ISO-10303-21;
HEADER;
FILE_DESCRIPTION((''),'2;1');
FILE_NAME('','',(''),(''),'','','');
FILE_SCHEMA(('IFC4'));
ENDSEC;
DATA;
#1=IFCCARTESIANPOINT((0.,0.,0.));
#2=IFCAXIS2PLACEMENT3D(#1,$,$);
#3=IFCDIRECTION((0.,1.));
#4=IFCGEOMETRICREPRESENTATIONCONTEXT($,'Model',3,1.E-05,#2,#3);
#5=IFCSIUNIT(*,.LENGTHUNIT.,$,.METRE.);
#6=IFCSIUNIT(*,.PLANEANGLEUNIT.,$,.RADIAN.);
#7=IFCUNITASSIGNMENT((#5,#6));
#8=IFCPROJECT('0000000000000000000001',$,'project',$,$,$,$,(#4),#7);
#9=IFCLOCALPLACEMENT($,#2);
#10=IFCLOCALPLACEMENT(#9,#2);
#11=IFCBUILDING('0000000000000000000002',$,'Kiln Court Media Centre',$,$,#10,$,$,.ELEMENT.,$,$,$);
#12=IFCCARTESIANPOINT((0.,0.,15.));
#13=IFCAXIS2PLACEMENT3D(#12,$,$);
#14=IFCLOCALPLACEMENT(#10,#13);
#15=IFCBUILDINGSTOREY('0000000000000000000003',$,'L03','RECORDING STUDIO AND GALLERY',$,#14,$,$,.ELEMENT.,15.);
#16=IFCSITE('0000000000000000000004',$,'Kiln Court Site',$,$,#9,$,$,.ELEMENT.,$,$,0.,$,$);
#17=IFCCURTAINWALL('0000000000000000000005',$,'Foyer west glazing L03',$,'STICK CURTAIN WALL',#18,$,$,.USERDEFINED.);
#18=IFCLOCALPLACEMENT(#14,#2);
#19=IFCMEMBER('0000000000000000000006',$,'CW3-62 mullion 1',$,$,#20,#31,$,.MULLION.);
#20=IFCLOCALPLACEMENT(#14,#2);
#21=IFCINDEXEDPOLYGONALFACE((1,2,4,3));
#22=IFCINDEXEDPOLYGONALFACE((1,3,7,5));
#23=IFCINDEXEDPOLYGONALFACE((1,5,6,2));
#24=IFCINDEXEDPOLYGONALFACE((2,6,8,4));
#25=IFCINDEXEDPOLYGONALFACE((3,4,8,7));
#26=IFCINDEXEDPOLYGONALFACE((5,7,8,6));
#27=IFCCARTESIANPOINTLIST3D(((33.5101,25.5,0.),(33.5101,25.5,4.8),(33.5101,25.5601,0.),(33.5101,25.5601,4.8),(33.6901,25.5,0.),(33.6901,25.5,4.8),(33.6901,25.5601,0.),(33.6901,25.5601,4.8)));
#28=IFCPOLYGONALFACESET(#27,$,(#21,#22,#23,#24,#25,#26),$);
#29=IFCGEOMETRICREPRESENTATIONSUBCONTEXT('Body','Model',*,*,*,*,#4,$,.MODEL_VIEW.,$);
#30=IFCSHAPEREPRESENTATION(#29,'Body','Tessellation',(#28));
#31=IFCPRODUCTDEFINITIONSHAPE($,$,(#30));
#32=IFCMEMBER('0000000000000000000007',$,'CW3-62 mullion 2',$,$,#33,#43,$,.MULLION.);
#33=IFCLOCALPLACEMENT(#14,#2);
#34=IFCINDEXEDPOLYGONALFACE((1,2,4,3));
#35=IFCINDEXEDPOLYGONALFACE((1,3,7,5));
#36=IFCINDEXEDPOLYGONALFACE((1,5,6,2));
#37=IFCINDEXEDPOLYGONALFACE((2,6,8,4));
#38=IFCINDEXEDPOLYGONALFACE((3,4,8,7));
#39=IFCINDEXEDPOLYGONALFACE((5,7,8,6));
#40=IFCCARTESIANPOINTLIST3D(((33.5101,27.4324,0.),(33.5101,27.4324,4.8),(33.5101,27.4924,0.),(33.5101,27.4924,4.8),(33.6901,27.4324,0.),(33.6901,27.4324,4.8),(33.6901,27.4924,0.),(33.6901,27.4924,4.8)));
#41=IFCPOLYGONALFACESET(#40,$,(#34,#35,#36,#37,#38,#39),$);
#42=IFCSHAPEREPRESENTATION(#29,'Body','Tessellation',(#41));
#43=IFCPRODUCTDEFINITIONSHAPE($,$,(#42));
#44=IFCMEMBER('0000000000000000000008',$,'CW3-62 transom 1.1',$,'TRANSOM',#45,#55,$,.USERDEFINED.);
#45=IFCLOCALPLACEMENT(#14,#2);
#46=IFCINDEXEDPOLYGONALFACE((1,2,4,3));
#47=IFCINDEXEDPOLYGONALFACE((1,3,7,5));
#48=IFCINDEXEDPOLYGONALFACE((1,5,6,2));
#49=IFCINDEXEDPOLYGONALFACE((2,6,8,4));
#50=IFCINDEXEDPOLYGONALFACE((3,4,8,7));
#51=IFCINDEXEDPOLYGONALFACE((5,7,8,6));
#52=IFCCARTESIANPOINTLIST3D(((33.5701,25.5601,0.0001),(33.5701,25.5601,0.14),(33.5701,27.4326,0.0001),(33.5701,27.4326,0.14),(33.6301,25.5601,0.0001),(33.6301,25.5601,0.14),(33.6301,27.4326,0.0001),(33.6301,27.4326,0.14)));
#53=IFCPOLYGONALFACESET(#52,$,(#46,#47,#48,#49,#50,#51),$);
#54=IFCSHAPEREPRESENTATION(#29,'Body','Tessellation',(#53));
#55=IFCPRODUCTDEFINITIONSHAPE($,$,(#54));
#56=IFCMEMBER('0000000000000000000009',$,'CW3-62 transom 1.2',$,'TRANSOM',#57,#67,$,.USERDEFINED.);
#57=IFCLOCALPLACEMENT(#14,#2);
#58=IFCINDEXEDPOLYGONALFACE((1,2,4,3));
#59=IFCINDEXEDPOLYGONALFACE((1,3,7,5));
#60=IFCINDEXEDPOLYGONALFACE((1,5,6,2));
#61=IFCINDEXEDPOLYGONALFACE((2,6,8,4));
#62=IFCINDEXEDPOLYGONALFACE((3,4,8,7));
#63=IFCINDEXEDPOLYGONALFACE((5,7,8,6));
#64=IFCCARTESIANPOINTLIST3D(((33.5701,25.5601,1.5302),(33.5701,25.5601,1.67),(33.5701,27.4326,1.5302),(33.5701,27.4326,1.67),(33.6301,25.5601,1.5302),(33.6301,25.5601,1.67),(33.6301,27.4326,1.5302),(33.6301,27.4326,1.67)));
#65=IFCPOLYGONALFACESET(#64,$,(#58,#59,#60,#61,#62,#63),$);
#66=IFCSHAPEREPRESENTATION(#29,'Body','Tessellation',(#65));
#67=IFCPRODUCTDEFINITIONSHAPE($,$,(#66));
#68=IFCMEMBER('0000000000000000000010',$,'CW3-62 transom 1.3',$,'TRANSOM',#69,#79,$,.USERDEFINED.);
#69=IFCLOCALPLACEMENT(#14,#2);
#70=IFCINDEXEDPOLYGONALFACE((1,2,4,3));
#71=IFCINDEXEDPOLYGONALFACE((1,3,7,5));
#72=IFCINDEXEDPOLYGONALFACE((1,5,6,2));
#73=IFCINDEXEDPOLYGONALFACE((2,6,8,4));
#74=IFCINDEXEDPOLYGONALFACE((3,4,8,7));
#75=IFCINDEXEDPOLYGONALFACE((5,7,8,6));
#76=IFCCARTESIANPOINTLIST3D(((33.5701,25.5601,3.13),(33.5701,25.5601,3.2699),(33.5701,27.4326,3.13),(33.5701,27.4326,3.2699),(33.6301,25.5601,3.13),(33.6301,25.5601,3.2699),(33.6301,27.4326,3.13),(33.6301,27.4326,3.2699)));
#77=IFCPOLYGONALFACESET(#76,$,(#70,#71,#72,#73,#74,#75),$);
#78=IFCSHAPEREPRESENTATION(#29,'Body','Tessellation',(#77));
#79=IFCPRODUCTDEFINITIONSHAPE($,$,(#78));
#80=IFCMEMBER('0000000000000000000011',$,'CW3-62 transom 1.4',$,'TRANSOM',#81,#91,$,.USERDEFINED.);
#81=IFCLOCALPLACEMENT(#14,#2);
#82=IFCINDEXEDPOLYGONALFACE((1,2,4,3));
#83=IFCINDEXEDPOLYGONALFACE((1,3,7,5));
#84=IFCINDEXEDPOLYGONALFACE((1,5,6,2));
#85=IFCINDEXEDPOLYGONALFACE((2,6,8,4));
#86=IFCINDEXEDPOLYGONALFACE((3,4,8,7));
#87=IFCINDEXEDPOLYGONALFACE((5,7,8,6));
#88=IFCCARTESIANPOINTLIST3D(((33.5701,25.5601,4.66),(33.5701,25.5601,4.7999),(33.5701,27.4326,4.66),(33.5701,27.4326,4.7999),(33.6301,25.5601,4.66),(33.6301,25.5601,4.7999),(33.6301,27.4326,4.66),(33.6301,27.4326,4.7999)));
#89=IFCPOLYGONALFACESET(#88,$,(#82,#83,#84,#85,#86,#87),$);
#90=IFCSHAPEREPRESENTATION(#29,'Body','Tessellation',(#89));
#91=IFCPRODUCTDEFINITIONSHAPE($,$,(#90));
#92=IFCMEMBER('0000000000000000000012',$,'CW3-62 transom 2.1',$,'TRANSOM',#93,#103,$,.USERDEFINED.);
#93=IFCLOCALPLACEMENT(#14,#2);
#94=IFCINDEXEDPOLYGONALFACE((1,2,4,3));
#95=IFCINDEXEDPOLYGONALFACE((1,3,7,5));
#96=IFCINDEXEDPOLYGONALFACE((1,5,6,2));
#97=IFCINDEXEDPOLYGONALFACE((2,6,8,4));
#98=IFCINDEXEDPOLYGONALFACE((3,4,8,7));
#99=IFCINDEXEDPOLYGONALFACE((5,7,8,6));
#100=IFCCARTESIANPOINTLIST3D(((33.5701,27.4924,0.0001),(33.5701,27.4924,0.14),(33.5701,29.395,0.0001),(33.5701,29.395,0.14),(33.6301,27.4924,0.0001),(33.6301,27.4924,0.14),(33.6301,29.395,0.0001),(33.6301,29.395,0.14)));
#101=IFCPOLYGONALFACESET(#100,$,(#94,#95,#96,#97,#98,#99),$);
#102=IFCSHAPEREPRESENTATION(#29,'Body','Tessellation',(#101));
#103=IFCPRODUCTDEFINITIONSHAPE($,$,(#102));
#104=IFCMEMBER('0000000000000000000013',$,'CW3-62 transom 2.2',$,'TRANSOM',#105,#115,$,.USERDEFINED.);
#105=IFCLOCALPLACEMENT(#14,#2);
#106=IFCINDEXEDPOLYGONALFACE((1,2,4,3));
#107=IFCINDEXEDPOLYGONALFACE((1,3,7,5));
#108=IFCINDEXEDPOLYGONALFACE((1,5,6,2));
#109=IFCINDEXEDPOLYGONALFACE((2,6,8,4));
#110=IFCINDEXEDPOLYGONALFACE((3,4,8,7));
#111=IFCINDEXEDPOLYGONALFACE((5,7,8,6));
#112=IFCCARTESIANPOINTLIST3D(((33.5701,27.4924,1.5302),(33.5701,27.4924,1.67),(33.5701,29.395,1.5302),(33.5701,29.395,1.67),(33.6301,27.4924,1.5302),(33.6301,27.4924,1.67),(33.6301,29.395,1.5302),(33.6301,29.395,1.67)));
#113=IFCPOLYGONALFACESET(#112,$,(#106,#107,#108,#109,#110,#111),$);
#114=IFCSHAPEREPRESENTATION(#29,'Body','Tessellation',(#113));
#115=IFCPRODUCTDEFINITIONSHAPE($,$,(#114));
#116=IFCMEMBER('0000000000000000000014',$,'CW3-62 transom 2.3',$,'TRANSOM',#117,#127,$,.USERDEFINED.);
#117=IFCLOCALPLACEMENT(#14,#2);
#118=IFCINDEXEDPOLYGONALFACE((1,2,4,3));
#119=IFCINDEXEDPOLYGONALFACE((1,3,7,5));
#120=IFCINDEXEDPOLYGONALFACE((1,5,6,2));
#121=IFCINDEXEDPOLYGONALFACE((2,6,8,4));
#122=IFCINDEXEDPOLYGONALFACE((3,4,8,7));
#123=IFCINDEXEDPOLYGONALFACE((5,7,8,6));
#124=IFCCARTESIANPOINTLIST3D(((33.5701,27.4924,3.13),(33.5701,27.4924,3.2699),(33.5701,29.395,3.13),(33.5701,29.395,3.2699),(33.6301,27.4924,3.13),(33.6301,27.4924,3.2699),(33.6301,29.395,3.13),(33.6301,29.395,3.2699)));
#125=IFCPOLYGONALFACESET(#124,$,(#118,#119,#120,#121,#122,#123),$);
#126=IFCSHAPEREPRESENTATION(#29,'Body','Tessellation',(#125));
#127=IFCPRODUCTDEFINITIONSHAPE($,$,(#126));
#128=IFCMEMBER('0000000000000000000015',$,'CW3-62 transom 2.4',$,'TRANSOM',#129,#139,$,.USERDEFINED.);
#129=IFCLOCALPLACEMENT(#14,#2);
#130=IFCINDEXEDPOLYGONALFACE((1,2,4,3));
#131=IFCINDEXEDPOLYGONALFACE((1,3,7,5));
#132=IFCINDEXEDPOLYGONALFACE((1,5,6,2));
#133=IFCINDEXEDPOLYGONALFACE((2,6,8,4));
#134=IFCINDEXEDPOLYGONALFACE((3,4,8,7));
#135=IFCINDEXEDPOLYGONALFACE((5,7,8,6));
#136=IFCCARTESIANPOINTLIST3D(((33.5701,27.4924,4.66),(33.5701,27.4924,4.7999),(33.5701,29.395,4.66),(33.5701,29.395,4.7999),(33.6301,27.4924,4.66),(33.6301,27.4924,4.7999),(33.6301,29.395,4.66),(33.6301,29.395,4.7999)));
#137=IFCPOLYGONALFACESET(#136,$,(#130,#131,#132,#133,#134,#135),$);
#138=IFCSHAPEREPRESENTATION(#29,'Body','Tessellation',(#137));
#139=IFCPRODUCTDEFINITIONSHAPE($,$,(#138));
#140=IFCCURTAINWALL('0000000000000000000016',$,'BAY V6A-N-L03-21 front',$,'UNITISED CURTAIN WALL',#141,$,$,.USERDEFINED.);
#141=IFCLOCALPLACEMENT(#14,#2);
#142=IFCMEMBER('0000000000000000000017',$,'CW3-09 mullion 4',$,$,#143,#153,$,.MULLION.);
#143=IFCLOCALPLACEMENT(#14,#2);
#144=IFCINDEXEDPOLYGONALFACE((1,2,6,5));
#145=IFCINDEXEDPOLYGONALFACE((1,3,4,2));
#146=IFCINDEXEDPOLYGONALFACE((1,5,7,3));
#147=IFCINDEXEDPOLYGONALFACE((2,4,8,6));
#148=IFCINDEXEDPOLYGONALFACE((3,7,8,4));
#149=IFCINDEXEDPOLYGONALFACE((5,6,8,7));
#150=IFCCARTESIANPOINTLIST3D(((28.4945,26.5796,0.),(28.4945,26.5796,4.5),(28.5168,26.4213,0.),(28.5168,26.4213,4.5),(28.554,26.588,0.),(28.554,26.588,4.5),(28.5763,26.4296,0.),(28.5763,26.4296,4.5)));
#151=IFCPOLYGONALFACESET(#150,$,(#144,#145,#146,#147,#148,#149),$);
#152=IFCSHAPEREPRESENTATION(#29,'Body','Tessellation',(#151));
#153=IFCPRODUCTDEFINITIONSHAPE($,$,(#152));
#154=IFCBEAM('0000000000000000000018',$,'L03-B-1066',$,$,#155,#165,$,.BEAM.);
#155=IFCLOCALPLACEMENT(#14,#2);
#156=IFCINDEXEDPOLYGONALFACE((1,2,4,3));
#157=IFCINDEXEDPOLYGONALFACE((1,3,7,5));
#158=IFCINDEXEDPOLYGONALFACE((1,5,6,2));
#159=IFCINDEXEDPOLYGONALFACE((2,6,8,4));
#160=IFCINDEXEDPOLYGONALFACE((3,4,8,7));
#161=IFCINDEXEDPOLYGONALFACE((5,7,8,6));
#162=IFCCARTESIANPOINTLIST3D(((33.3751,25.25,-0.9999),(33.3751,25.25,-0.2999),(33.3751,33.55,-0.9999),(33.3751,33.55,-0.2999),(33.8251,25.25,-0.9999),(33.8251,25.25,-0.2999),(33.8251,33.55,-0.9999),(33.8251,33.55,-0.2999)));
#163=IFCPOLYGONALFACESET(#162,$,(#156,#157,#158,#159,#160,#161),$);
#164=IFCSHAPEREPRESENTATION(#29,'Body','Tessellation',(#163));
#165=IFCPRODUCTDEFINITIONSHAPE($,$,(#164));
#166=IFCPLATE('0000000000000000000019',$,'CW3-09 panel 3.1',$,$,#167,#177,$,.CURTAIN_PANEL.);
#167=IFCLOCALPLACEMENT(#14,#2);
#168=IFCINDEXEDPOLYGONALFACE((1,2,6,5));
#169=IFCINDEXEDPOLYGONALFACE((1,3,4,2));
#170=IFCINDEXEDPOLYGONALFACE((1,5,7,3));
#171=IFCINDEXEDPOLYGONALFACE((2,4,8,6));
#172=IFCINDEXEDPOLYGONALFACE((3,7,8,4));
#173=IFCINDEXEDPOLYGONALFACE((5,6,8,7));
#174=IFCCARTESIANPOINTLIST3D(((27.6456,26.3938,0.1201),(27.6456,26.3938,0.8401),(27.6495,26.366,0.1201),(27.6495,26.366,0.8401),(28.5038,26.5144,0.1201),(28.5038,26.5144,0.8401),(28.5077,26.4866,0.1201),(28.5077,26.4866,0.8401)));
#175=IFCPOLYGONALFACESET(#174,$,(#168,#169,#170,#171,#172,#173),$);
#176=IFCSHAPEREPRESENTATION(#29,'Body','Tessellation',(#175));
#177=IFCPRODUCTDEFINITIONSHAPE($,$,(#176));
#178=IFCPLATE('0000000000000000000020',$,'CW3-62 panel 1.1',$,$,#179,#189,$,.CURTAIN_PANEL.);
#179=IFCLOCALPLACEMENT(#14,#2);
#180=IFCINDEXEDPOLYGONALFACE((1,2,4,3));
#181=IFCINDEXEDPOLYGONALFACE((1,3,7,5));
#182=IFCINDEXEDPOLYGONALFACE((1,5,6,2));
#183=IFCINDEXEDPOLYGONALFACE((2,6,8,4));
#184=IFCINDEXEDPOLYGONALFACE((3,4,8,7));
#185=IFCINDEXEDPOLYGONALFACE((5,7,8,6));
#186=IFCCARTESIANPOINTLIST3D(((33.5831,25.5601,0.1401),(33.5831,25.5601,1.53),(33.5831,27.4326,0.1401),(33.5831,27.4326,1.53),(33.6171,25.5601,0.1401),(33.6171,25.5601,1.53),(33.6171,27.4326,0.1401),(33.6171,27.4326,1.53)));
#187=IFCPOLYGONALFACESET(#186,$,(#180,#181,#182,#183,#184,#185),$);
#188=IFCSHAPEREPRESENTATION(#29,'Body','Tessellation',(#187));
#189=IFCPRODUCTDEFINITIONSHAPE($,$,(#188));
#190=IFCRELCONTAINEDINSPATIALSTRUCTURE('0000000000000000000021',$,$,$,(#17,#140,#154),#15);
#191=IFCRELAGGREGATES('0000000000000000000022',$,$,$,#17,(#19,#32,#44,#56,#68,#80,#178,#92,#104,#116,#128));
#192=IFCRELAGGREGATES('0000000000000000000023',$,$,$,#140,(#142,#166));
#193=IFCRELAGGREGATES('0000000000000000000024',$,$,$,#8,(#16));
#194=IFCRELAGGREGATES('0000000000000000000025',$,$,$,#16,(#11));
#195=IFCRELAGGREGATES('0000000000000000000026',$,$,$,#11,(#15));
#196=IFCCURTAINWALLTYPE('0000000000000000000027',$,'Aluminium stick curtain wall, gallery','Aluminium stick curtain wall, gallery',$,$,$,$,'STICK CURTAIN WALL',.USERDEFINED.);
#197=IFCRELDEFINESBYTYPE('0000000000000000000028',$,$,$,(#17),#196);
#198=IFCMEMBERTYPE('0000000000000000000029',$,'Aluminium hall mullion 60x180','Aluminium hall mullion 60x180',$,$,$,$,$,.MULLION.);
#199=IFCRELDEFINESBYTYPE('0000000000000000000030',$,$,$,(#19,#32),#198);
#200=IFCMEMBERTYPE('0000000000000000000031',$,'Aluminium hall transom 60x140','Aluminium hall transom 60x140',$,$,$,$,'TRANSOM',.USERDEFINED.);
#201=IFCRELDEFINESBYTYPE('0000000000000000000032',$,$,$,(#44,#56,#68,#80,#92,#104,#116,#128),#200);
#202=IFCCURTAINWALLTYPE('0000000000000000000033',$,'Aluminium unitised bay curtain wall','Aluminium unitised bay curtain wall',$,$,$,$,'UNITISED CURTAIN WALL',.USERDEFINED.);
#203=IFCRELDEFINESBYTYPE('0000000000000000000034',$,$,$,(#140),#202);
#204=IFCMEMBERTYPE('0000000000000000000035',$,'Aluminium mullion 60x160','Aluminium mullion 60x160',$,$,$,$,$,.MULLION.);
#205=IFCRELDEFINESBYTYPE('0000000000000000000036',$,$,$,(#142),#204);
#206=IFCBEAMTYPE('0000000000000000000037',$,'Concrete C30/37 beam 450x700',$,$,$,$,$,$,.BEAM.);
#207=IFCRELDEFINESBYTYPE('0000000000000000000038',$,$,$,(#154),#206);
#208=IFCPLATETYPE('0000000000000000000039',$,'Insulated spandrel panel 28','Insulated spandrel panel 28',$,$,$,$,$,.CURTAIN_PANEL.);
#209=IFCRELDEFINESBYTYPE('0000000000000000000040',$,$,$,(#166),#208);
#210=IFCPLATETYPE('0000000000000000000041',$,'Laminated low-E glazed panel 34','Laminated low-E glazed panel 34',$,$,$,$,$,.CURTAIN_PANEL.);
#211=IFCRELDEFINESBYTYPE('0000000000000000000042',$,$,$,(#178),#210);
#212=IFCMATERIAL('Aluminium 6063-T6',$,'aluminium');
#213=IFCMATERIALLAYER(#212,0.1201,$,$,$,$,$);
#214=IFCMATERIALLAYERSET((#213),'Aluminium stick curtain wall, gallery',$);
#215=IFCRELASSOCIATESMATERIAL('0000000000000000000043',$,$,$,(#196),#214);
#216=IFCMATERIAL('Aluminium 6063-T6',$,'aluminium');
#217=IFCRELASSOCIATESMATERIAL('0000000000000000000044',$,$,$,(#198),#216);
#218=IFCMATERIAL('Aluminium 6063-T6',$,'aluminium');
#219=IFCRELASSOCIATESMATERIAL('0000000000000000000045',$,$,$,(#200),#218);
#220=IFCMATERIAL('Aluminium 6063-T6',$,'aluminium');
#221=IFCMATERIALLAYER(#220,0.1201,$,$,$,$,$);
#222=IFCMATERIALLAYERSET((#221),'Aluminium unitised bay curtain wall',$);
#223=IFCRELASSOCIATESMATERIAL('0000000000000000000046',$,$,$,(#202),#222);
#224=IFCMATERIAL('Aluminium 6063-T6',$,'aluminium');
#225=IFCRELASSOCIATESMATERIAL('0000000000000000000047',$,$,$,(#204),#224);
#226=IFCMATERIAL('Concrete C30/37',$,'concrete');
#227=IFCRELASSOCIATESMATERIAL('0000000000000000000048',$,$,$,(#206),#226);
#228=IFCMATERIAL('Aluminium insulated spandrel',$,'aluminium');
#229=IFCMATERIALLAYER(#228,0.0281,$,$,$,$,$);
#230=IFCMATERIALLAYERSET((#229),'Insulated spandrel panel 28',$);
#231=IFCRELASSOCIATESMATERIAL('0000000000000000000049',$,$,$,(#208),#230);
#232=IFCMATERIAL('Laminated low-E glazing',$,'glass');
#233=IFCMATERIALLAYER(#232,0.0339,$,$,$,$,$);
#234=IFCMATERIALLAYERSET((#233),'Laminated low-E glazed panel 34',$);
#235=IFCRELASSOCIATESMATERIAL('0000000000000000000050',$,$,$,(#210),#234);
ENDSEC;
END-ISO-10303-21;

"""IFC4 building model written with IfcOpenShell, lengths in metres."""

from ifc_helpers import new_model, si_unit, direction, frame, origin, origin_2d, place, context, subcontext, project, spatial, rectangle, extrude, material, layer, layer_set, material_profile, profile_set, type_object, element, aggregate, save


model = new_model("IFC4")

# Units and contexts
model_context = context("Model", 3, precision=1e-05, world=origin(), true_north=direction((0.0, 1.0)))
body_context = subcontext(model_context, "Body", "Model", "MODEL_VIEW")
ifc_project = project(units=[si_unit("LENGTHUNIT", "METRE"), si_unit("PLANEANGLEUNIT", "RADIAN")], contexts=[model_context])

# Site, building, storey
site_placement = place(None, origin())
site = spatial("IfcSite", under=ifc_project, at=site_placement, Name="Kiln Court Site", CompositionType="ELEMENT", RefElevation=0.0)
building_placement = place(site_placement, origin())
building = spatial("IfcBuilding", under=site, at=building_placement, Name="Kiln Court Media Centre", CompositionType="ELEMENT")
storey_placement = place(building_placement, frame((0.0, 0.0, 15.0)))
storey = spatial("IfcBuildingStorey", under=building, at=storey_placement, Name="L03", Description="RECORDING STUDIO AND GALLERY", CompositionType="ELEMENT", Elevation=15.0)

# Curtain wall, members
ifc_material_1 = material(Name="Aluminium 6063-T6", Category="aluminium")
ifc_layer_1 = layer(ifc_material_1, 0.1201)
ifc_layer_set_1 = layer_set([ifc_layer_1], Name="Aluminium stick curtain wall, gallery")
curtain_wall_type_1 = type_object("IfcCurtainWallType", Name="Aluminium stick curtain wall, gallery", Description="Aluminium stick curtain wall, gallery", ElementType="STICK CURTAIN WALL", PredefinedType="USERDEFINED", material=ifc_layer_set_1)
curtain_wall_1_placement = place(storey_placement, origin())
curtain_wall_1 = element("IfcCurtainWall", 1, at=curtain_wall_1_placement, inside=storey, type_object=curtain_wall_type_1, Name="Foyer west glazing L03", ObjectType="STICK CURTAIN WALL", PredefinedType="USERDEFINED")
ifc_material_2 = material(Name="Aluminium 6063-T6", Category="aluminium")
ifc_material_profile_1 = material_profile(ifc_material_2, rectangle(XDim=0.0601, YDim=0.1799, at=origin_2d()), Name="Aluminium hall mullion 60x180")
ifc_profile_set_1 = profile_set([ifc_material_profile_1], Name="Aluminium 6063-T6")
member_type_1 = type_object("IfcMemberType", Name="Aluminium hall mullion 60x180", Description="Aluminium hall mullion 60x180", PredefinedType="MULLION", material=ifc_profile_set_1)
member_1_placement = place(storey_placement, frame((33.6001, 25.53, 0.0), z_axis=(0.0, 0.0, 1.0), x_axis=(0.0, 1.0, 0.0)))
member_1 = element("IfcMember", 2, at=member_1_placement, type_object=member_type_1, Name="CW3-62 mullion 1", PredefinedType="MULLION", context=body_context, shape_type="SweptSolid", body=[
    extrude(rectangle(XDim=0.0601, YDim=0.1799, at=origin_2d()), origin(), (0.0, 0.0, 1.0), 4.8),
])
member_2_placement = place(storey_placement, frame((33.6001, 27.4624, 0.0), z_axis=(0.0, 0.0, 1.0), x_axis=(0.0, 1.0, 0.0)))
member_2 = element("IfcMember", 3, at=member_2_placement, type_object=member_type_1, Name="CW3-62 mullion 2", PredefinedType="MULLION", context=body_context, shape_type="SweptSolid", body=[
    extrude(rectangle(XDim=0.0601, YDim=0.1799, at=origin_2d()), origin(), (0.0, 0.0, 1.0), 4.8),
])
ifc_material_3 = material(Name="Aluminium 6063-T6", Category="aluminium")
ifc_material_profile_2 = material_profile(ifc_material_3, rectangle(XDim=0.0601, YDim=0.1399, at=origin_2d()), Name="Aluminium hall transom 60x140")
ifc_profile_set_2 = profile_set([ifc_material_profile_2], Name="Aluminium 6063-T6")
member_type_2 = type_object("IfcMemberType", Name="Aluminium hall transom 60x140", Description="Aluminium hall transom 60x140", ElementType="TRANSOM", PredefinedType="USERDEFINED", material=ifc_profile_set_2)
member_3_placement = place(storey_placement, frame((33.6001, 25.5601, 0.0701), z_axis=(0.0, 1.0, 0.0), x_axis=(-1.0, 0.0, 0.0)))
member_3 = element("IfcMember", 4, at=member_3_placement, type_object=member_type_2, Name="CW3-62 transom 1.1", ObjectType="TRANSOM", PredefinedType="USERDEFINED", context=body_context, shape_type="SweptSolid", body=[
    extrude(rectangle(XDim=0.0601, YDim=0.1399, at=origin_2d()), origin(), (0.0, 0.0, 1.0), 1.8726),
])
member_4_placement = place(storey_placement, frame((33.6001, 25.5601, 1.6001), z_axis=(0.0, 1.0, 0.0), x_axis=(-1.0, 0.0, 0.0)))
member_4 = element("IfcMember", 5, at=member_4_placement, type_object=member_type_2, Name="CW3-62 transom 1.2", ObjectType="TRANSOM", PredefinedType="USERDEFINED", context=body_context, shape_type="SweptSolid", body=[
    extrude(rectangle(XDim=0.0601, YDim=0.1399, at=origin_2d()), origin(), (0.0, 0.0, 1.0), 1.8726),
])
member_5_placement = place(storey_placement, frame((33.6001, 25.5601, 3.2), z_axis=(0.0, 1.0, 0.0), x_axis=(-1.0, 0.0, 0.0)))
member_5 = element("IfcMember", 6, at=member_5_placement, type_object=member_type_2, Name="CW3-62 transom 1.3", ObjectType="TRANSOM", PredefinedType="USERDEFINED", context=body_context, shape_type="SweptSolid", body=[
    extrude(rectangle(XDim=0.0601, YDim=0.1399, at=origin_2d()), origin(), (0.0, 0.0, 1.0), 1.8726),
])
member_6_placement = place(storey_placement, frame((33.6001, 25.5601, 4.73), z_axis=(0.0, 1.0, 0.0), x_axis=(-1.0, 0.0, 0.0)))
member_6 = element("IfcMember", 7, at=member_6_placement, type_object=member_type_2, Name="CW3-62 transom 1.4", ObjectType="TRANSOM", PredefinedType="USERDEFINED", context=body_context, shape_type="SweptSolid", body=[
    extrude(rectangle(XDim=0.0601, YDim=0.1399, at=origin_2d()), origin(), (0.0, 0.0, 1.0), 1.8726),
])
member_7_placement = place(storey_placement, frame((33.6001, 27.4924, 0.0701), z_axis=(0.0, 1.0, 0.0), x_axis=(-1.0, 0.0, 0.0)))
member_7 = element("IfcMember", 8, at=member_7_placement, type_object=member_type_2, Name="CW3-62 transom 2.1", ObjectType="TRANSOM", PredefinedType="USERDEFINED", context=body_context, shape_type="SweptSolid", body=[
    extrude(rectangle(XDim=0.0601, YDim=0.1399, at=origin_2d()), origin(), (0.0, 0.0, 1.0), 1.9026),
])
member_8_placement = place(storey_placement, frame((33.6001, 27.4924, 1.6001), z_axis=(0.0, 1.0, 0.0), x_axis=(-1.0, 0.0, 0.0)))
member_8 = element("IfcMember", 9, at=member_8_placement, type_object=member_type_2, Name="CW3-62 transom 2.2", ObjectType="TRANSOM", PredefinedType="USERDEFINED", context=body_context, shape_type="SweptSolid", body=[
    extrude(rectangle(XDim=0.0601, YDim=0.1399, at=origin_2d()), origin(), (0.0, 0.0, 1.0), 1.9026),
])
member_9_placement = place(storey_placement, frame((33.6001, 27.4924, 3.2), z_axis=(0.0, 1.0, 0.0), x_axis=(-1.0, 0.0, 0.0)))
member_9 = element("IfcMember", 10, at=member_9_placement, type_object=member_type_2, Name="CW3-62 transom 2.3", ObjectType="TRANSOM", PredefinedType="USERDEFINED", context=body_context, shape_type="SweptSolid", body=[
    extrude(rectangle(XDim=0.0601, YDim=0.1399, at=origin_2d()), origin(), (0.0, 0.0, 1.0), 1.9026),
])
member_10_placement = place(storey_placement, frame((33.6001, 27.4924, 4.73), z_axis=(0.0, 1.0, 0.0), x_axis=(-1.0, 0.0, 0.0)))
member_10 = element("IfcMember", 11, at=member_10_placement, type_object=member_type_2, Name="CW3-62 transom 2.4", ObjectType="TRANSOM", PredefinedType="USERDEFINED", context=body_context, shape_type="SweptSolid", body=[
    extrude(rectangle(XDim=0.0601, YDim=0.1399, at=origin_2d()), origin(), (0.0, 0.0, 1.0), 1.9026),
])

# Curtain wall, member
ifc_material_4 = material(Name="Aluminium 6063-T6", Category="aluminium")
ifc_layer_2 = layer(ifc_material_4, 0.1201)
ifc_layer_set_2 = layer_set([ifc_layer_2], Name="Aluminium unitised bay curtain wall")
curtain_wall_type_2 = type_object("IfcCurtainWallType", Name="Aluminium unitised bay curtain wall", Description="Aluminium unitised bay curtain wall", ElementType="UNITISED CURTAIN WALL", PredefinedType="USERDEFINED", material=ifc_layer_set_2)
curtain_wall_2_placement = place(storey_placement, origin())
curtain_wall_2 = element("IfcCurtainWall", 12, at=curtain_wall_2_placement, inside=storey, type_object=curtain_wall_type_2, Name="BAY V6A-N-L03-21 front", ObjectType="UNITISED CURTAIN WALL", PredefinedType="USERDEFINED")
ifc_material_5 = material(Name="Aluminium 6063-T6", Category="aluminium")
ifc_material_profile_3 = material_profile(ifc_material_5, rectangle(XDim=0.0601, YDim=0.1599, at=origin_2d()), Name="Aluminium mullion 60x160")
ifc_profile_set_3 = profile_set([ifc_material_profile_3], Name="Aluminium 6063-T6")
member_type_3 = type_object("IfcMemberType", Name="Aluminium mullion 60x160", Description="Aluminium mullion 60x160", PredefinedType="MULLION", material=ifc_profile_set_3)
member_11_placement = place(storey_placement, frame((28.5354, 26.5046, 0.0), z_axis=(0.0, 0.0, 1.0), x_axis=(0.99027, 0.139162, 0.0)))
member_11 = element("IfcMember", 13, at=member_11_placement, type_object=member_type_3, Name="CW3-09 mullion 4", PredefinedType="MULLION", context=body_context, shape_type="SweptSolid", body=[
    extrude(rectangle(XDim=0.0601, YDim=0.1599, at=origin_2d()), origin(), (0.0, 0.0, 1.0), 4.5),
])

# Beam
ifc_material_6 = material(Name="Concrete C30/37", Category="concrete")
ifc_material_profile_4 = material_profile(ifc_material_6, rectangle(XDim=0.45, YDim=0.7, at=origin_2d()), Name="RC 450x700")
ifc_profile_set_4 = profile_set([ifc_material_profile_4], Name="Concrete C30/37")
beam_type = type_object("IfcBeamType", Name="Concrete C30/37 beam 450x700", PredefinedType="BEAM", material=ifc_profile_set_4)
beam_placement = place(storey_placement, frame((33.6001, 25.25, -0.6499), z_axis=(0.0, 1.0, 0.0), x_axis=(-1.0, 0.0, 0.0)))
element("IfcBeam", 14, at=beam_placement, inside=storey, type_object=beam_type, Name="L03-B-1066", PredefinedType="BEAM", context=body_context, shape_type="SweptSolid", body=[
    extrude(rectangle(XDim=0.45, YDim=0.7, at=origin_2d()), origin(), (0.0, 0.0, 1.0), 8.3),
])

# Plates
ifc_material_7 = material(Name="Aluminium insulated spandrel", Category="aluminium")
ifc_layer_3 = layer(ifc_material_7, 0.0281)
ifc_layer_set_3 = layer_set([ifc_layer_3], Name="Insulated spandrel panel 28")
plate_type_1 = type_object("IfcPlateType", Name="Insulated spandrel panel 28", Description="Insulated spandrel panel 28", PredefinedType="CURTAIN_PANEL", material=ifc_layer_set_3)
plate_1_placement = place(storey_placement, frame((28.0767, 26.4402, 0.1201), z_axis=(0.0, 0.0, 1.0), x_axis=(0.99027, 0.139162, 0.0)))
plate_1 = element("IfcPlate", 15, at=plate_1_placement, type_object=plate_type_1, Name="CW3-09 panel 3.1", PredefinedType="CURTAIN_PANEL", context=body_context, shape_type="SweptSolid", body=[
    extrude(rectangle(XDim=0.8667, YDim=0.0281, at=origin_2d()), origin(), (0.0, 0.0, 1.0), 0.72),
])
ifc_material_8 = material(Name="Laminated low-E glazing", Category="glass")
ifc_layer_4 = layer(ifc_material_8, 0.0339)
ifc_layer_set_4 = layer_set([ifc_layer_4], Name="Laminated low-E glazed panel 34")
plate_type_2 = type_object("IfcPlateType", Name="Laminated low-E glazed panel 34", Description="Laminated low-E glazed panel 34", PredefinedType="CURTAIN_PANEL", material=ifc_layer_set_4)
plate_2_placement = place(storey_placement, frame((33.6001, 26.4963, 0.1401), z_axis=(0.0, 0.0, 1.0), x_axis=(0.0, 1.0, 0.0)))
plate_2 = element("IfcPlate", 16, at=plate_2_placement, type_object=plate_type_2, Name="CW3-62 panel 1.1", PredefinedType="CURTAIN_PANEL", context=body_context, shape_type="SweptSolid", body=[
    extrude(rectangle(XDim=1.8726, YDim=0.0339, at=origin_2d()), origin(), (0.0, 0.0, 1.0), 1.3899),
])
aggregate(curtain_wall_1, [member_1, member_2, member_3, member_4, member_5, member_6, plate_2, member_7, member_8, member_9, member_10])
aggregate(curtain_wall_2, [member_11, plate_1])

save(model, "model.ifc")
